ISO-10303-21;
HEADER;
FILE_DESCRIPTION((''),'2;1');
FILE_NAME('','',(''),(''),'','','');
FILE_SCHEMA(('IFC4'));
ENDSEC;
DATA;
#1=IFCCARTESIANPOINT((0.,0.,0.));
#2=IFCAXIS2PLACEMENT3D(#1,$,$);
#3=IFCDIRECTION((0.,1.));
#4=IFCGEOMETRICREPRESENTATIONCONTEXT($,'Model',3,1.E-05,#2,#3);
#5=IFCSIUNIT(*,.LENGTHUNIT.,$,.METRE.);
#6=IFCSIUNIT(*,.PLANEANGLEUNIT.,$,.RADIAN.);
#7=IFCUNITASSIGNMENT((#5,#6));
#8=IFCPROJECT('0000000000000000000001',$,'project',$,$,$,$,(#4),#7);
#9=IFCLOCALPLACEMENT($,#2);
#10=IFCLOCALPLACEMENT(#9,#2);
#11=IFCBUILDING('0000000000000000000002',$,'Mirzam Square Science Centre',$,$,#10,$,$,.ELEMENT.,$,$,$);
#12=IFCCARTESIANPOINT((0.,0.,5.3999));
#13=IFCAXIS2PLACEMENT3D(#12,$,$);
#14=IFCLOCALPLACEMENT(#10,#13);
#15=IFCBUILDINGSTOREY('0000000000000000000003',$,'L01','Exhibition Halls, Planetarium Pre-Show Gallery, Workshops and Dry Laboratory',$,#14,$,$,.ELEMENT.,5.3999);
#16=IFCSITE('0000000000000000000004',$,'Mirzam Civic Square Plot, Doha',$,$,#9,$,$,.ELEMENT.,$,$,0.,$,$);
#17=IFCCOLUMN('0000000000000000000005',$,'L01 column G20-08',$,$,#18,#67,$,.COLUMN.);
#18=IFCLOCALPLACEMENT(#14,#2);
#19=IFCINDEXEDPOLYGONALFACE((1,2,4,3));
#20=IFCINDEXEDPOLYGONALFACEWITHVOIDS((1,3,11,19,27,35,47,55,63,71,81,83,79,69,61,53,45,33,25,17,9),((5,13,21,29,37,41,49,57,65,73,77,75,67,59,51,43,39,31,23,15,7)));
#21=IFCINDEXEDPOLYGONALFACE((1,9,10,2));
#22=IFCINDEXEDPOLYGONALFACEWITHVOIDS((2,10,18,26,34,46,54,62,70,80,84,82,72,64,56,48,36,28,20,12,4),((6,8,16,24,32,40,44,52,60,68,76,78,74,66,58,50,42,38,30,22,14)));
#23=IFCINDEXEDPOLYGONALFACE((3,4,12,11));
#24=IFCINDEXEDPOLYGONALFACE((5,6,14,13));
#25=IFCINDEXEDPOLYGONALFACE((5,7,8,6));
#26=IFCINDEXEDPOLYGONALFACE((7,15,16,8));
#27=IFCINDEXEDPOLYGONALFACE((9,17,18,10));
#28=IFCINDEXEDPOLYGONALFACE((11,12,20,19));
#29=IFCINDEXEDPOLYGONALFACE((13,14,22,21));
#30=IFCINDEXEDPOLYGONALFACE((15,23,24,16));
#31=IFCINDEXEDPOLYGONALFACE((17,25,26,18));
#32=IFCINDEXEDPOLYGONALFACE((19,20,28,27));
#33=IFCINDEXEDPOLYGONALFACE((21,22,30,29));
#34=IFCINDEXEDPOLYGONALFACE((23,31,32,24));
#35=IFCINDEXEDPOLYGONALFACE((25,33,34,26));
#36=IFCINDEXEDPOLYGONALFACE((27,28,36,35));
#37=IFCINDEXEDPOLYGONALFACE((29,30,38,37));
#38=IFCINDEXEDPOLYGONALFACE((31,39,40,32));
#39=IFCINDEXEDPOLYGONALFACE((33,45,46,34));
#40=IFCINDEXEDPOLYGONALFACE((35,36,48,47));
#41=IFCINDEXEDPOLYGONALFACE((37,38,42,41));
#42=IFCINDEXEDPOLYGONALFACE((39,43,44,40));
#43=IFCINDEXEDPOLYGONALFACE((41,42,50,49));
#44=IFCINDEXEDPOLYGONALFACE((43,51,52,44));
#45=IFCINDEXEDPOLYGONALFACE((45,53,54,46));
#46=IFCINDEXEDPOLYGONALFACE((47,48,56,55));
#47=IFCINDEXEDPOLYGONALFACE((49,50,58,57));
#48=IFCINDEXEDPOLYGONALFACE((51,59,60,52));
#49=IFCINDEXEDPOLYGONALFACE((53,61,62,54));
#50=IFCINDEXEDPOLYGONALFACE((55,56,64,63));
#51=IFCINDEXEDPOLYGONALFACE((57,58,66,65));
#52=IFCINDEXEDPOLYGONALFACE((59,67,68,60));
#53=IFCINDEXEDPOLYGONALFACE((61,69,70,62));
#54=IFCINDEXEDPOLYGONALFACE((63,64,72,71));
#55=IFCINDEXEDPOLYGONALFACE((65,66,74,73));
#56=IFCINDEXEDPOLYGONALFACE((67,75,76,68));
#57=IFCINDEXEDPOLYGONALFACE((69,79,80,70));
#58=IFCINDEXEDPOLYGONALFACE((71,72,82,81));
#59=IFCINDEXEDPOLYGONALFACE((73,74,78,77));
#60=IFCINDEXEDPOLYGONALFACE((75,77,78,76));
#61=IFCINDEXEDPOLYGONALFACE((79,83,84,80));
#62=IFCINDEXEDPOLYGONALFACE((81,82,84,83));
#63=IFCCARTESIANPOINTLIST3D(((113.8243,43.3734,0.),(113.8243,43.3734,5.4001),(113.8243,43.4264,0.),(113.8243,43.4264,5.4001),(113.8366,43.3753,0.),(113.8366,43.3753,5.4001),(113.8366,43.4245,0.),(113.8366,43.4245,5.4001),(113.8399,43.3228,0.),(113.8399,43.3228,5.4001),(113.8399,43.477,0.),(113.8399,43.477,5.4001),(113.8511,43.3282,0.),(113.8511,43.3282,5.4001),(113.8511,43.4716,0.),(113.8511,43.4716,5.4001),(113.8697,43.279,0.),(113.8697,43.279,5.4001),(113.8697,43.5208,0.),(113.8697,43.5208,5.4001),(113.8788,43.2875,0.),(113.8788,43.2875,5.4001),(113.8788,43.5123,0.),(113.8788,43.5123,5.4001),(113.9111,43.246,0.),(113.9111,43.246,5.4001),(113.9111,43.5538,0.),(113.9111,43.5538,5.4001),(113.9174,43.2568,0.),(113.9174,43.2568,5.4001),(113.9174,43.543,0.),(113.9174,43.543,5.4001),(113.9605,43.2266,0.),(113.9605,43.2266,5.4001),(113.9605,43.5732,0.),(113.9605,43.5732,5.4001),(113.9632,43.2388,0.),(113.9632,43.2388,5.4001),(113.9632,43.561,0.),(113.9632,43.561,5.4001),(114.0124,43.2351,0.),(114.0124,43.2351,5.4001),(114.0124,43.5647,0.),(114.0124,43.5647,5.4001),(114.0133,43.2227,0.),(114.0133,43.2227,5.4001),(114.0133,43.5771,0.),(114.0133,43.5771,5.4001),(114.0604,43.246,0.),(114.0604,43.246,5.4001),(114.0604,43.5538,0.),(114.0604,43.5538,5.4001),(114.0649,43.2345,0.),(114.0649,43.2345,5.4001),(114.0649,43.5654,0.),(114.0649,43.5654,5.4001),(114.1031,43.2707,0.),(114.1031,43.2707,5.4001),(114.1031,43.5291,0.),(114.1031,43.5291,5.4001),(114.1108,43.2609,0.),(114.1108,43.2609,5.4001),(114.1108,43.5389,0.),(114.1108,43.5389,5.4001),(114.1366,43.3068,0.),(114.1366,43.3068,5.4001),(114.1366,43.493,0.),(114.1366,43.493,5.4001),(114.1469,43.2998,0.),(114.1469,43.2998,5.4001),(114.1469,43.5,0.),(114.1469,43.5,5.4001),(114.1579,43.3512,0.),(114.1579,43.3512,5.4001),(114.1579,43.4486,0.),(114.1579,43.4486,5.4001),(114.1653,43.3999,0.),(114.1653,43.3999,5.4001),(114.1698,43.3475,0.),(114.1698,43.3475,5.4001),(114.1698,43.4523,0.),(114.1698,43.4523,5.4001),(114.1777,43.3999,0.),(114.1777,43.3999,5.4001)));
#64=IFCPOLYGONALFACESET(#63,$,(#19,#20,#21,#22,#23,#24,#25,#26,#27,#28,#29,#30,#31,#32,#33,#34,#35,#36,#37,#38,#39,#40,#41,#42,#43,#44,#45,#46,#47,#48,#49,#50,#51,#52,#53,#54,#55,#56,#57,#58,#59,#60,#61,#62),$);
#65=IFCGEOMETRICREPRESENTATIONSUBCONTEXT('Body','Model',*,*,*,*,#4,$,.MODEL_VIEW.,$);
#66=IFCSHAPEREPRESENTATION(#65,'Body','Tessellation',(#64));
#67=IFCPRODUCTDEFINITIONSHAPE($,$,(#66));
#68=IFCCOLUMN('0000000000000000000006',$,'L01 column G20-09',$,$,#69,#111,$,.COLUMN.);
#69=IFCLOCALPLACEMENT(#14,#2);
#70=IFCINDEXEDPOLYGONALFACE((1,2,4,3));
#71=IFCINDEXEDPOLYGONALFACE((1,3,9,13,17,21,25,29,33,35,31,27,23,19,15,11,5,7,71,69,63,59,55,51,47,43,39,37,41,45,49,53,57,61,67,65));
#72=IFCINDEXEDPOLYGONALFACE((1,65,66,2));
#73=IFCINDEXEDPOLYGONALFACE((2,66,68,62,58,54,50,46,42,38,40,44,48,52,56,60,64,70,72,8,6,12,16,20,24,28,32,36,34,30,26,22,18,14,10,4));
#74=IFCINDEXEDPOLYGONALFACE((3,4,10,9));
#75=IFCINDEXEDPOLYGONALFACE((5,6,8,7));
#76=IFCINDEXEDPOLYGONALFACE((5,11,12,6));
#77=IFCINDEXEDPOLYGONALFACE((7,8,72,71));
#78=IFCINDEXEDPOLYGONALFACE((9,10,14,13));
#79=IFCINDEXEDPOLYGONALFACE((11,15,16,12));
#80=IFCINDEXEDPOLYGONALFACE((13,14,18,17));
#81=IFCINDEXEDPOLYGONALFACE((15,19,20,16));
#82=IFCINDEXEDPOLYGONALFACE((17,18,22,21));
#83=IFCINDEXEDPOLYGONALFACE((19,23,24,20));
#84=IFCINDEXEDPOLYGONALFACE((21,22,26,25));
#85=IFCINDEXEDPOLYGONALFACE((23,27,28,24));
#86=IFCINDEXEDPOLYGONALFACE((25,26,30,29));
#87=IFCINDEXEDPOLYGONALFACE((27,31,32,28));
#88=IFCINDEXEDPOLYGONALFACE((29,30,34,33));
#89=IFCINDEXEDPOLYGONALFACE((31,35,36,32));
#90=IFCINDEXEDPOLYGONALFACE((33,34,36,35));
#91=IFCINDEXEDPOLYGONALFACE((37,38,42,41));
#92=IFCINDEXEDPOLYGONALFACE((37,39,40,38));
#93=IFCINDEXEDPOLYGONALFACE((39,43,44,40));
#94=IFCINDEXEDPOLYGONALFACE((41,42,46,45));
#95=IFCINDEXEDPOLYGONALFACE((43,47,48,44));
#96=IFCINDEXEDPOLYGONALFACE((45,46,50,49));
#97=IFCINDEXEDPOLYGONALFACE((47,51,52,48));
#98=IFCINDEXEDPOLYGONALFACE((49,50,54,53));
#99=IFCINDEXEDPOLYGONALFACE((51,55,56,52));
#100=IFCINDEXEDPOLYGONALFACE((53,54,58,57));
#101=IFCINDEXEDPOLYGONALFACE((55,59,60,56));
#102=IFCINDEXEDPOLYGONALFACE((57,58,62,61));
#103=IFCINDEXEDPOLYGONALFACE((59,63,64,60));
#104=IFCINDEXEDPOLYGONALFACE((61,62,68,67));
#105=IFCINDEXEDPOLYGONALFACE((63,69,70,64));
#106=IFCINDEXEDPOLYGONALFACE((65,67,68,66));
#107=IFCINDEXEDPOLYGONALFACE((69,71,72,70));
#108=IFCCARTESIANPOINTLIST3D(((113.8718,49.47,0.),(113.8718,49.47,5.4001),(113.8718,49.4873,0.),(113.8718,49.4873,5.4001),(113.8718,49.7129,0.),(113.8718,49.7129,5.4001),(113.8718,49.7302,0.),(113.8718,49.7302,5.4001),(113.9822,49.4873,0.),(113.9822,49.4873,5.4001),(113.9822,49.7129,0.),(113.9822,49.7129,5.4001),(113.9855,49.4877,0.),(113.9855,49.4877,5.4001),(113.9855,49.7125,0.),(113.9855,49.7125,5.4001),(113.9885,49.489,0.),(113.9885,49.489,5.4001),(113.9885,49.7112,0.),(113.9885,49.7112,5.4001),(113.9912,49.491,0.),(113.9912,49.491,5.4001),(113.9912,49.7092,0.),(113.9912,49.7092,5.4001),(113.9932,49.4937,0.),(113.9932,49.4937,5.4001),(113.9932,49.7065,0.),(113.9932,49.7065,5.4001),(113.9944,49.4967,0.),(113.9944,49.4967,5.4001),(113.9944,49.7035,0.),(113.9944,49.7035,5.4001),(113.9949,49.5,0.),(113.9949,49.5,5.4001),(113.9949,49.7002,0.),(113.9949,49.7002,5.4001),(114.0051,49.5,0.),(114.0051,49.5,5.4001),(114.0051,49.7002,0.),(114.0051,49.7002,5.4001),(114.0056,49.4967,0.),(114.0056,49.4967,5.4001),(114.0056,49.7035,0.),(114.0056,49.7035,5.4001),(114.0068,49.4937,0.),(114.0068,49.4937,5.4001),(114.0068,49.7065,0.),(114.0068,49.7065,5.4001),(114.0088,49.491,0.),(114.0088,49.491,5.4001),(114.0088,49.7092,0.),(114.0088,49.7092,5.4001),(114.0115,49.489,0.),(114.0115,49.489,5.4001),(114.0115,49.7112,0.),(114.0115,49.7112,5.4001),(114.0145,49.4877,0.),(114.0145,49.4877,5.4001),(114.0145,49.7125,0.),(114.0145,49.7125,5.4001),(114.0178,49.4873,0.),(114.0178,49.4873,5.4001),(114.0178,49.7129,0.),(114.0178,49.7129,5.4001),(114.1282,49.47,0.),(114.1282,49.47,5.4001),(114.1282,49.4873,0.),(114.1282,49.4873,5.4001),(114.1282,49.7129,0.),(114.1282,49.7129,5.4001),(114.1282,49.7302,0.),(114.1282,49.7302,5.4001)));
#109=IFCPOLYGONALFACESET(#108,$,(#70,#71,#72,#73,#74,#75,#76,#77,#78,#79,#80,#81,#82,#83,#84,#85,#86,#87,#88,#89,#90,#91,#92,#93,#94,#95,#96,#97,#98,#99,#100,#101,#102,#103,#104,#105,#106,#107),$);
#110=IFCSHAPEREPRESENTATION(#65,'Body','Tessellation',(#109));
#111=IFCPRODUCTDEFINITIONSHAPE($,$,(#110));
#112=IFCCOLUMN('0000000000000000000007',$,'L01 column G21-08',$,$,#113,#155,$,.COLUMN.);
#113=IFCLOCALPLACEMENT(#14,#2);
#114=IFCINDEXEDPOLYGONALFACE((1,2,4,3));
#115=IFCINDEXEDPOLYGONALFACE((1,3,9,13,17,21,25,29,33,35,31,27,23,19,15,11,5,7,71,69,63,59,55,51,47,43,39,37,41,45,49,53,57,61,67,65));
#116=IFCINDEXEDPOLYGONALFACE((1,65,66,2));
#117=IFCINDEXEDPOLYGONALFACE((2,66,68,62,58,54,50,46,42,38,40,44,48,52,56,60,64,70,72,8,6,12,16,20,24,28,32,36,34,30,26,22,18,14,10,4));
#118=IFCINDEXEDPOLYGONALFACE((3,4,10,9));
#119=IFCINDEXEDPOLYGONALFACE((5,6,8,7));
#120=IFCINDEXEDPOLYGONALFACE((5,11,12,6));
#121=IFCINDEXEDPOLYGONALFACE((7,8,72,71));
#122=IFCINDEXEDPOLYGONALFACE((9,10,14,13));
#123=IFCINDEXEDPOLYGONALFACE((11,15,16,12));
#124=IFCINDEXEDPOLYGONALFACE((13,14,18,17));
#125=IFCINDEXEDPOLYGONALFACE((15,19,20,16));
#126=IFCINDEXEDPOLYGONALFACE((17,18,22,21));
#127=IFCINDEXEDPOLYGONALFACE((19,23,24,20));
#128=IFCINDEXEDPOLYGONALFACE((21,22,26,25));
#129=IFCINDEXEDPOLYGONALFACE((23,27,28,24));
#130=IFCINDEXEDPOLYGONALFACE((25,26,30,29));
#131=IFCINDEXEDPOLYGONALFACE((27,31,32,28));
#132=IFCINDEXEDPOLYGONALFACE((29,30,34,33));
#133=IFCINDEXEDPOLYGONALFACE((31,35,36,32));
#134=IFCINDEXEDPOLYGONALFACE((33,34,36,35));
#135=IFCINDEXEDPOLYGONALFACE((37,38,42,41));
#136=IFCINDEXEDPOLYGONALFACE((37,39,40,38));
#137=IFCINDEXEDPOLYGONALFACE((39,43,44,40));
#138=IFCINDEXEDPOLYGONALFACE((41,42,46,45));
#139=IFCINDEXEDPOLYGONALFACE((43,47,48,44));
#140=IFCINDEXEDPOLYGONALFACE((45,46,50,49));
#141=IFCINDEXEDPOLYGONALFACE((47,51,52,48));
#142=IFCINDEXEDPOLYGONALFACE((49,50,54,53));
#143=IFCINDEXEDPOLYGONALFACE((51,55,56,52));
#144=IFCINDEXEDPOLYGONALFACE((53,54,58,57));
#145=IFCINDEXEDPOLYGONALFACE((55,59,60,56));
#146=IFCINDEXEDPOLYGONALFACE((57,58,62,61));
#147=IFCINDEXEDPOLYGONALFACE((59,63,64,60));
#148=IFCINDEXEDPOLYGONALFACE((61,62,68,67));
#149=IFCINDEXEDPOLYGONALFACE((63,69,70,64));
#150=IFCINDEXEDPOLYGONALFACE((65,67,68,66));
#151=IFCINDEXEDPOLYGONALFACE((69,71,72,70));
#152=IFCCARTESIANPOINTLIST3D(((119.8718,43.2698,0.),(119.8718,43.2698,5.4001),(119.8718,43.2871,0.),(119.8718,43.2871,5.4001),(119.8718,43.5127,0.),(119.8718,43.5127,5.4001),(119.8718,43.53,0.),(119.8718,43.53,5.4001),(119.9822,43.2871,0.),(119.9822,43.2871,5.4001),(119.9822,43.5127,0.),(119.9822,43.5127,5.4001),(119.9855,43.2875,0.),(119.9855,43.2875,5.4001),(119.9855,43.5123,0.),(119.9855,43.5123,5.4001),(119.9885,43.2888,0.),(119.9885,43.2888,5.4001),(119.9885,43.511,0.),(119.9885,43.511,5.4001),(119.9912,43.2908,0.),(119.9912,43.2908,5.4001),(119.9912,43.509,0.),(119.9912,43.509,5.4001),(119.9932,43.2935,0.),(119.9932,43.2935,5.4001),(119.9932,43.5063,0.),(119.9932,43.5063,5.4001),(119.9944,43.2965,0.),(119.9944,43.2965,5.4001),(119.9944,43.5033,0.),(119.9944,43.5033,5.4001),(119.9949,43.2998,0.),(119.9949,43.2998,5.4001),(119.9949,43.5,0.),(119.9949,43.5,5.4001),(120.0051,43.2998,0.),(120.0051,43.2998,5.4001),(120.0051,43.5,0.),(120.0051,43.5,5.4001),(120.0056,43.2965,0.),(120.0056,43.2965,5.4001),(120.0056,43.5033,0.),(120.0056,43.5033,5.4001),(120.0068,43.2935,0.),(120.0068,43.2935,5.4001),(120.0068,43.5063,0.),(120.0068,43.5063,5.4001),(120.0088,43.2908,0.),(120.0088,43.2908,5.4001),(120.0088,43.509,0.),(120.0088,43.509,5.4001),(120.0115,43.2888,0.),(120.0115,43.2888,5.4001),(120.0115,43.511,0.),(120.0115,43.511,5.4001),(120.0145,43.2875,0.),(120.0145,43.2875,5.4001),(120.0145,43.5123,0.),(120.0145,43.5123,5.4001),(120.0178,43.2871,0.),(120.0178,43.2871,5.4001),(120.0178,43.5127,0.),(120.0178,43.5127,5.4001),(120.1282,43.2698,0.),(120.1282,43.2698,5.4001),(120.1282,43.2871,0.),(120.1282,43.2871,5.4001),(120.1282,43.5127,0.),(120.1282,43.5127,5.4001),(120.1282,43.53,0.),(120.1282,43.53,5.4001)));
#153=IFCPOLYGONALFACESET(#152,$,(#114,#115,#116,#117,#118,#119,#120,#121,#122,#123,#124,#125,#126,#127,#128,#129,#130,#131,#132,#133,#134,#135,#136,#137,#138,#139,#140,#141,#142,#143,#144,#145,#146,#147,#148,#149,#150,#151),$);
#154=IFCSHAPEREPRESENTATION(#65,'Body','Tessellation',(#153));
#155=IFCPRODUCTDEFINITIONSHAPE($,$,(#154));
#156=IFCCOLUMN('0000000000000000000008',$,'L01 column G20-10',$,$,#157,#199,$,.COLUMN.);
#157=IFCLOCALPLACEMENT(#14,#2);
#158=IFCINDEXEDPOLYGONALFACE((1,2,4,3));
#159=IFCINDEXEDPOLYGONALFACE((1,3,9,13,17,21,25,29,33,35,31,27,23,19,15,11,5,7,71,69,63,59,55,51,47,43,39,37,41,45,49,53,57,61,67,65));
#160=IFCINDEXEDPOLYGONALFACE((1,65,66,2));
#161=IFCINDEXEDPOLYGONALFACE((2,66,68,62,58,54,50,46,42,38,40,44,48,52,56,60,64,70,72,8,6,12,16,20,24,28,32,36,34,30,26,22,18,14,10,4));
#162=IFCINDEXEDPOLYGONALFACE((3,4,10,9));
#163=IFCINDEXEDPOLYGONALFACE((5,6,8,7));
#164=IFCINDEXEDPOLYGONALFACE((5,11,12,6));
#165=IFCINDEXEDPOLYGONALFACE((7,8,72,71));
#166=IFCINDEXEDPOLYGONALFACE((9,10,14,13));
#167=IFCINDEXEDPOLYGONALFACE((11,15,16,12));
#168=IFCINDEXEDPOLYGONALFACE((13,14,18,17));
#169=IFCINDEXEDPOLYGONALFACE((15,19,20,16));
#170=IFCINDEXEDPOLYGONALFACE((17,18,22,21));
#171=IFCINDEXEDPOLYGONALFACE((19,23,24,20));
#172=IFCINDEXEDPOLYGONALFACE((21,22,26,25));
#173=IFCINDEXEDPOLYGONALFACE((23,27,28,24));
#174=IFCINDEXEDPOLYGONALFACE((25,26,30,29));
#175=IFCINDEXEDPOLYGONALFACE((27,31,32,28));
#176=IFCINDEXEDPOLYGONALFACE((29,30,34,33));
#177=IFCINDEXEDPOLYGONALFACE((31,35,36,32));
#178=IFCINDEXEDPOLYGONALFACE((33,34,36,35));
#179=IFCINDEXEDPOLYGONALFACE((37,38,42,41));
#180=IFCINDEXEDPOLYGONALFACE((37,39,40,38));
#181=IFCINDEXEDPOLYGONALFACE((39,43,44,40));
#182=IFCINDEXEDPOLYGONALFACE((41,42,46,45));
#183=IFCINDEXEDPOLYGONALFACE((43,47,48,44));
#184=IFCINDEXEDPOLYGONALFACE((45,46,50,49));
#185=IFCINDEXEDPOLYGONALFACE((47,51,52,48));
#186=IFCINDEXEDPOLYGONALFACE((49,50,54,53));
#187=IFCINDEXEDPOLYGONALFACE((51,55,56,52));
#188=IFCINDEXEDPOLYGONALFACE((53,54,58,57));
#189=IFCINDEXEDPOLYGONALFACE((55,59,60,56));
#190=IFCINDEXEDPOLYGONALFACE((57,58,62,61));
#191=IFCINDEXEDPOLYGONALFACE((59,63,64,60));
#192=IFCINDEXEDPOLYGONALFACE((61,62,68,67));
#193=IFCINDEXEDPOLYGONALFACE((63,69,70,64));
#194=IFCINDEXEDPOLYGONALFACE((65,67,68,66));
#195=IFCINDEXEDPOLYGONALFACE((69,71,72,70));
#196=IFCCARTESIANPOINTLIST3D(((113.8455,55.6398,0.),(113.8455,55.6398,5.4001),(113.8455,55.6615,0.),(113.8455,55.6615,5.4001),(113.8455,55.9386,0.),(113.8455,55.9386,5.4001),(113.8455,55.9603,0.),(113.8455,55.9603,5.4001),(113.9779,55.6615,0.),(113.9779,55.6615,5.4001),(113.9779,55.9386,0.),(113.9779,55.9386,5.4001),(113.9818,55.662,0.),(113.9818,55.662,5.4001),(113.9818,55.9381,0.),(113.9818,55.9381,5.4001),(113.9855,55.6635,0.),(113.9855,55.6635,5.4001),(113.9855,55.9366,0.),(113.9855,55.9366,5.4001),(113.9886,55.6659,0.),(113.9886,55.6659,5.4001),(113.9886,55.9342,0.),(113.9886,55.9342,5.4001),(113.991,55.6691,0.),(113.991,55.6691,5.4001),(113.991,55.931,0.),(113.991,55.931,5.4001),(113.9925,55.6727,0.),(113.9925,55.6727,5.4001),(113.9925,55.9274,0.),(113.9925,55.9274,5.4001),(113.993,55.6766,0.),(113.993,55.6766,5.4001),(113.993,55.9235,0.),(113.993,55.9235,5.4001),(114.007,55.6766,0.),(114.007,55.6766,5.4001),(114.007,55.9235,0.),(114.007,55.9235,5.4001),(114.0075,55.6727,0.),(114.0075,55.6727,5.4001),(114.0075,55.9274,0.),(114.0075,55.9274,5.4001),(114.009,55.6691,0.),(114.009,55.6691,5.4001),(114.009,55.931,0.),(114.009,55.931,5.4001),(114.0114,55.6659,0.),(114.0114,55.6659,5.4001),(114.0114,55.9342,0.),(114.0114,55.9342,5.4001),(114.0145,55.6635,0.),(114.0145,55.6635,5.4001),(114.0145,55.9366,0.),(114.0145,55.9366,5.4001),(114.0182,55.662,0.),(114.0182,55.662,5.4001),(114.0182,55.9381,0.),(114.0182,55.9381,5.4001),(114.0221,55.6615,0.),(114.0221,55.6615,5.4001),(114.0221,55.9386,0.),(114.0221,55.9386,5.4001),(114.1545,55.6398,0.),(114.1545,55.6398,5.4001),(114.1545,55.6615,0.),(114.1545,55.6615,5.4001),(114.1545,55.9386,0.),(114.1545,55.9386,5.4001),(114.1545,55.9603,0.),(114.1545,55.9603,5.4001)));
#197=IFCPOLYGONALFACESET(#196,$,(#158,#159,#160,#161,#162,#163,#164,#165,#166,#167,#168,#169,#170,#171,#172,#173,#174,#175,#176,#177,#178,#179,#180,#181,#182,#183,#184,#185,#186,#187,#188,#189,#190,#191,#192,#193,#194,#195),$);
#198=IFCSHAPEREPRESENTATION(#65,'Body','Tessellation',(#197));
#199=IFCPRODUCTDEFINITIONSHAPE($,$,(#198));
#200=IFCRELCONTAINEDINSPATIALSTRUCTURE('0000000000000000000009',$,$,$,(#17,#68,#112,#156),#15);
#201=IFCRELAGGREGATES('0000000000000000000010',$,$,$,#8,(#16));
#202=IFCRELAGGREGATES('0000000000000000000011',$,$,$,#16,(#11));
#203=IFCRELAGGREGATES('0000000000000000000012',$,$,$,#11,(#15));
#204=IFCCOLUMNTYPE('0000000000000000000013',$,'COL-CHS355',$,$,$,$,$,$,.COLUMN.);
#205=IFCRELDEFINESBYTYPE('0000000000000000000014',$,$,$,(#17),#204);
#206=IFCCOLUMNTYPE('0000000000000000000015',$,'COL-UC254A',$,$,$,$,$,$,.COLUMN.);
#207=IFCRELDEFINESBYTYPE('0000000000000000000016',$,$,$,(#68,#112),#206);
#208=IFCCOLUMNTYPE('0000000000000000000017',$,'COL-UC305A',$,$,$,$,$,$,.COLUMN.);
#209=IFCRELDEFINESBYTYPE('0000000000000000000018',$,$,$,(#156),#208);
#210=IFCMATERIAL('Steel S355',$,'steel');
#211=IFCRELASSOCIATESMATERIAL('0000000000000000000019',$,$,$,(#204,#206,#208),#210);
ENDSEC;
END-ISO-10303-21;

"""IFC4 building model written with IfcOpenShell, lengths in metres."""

from ifc_helpers import new_model, si_unit, direction, frame, origin, origin_2d, place, context, subcontext, project, spatial, hollow_circle, i_section, extrude, material, material_profile, profile_set, type_object, element, save


model = new_model("IFC4")

# Units and contexts
model_context = context("Model", 3, precision=1e-05, world=origin(), true_north=direction((0.0, 1.0)))
body_context = subcontext(model_context, "Body", "Model", "MODEL_VIEW")
ifc_project = project(units=[si_unit("LENGTHUNIT", "METRE"), si_unit("PLANEANGLEUNIT", "RADIAN")], contexts=[model_context])

# Site, building, storey
site_placement = place(None, origin())
site = spatial("IfcSite", under=ifc_project, at=site_placement, Name="Mirzam Civic Square Plot, Doha", CompositionType="ELEMENT", RefElevation=0.0)
building_placement = place(site_placement, origin())
building = spatial("IfcBuilding", under=site, at=building_placement, Name="Mirzam Square Science Centre", CompositionType="ELEMENT")
storey_placement = place(building_placement, frame((0.0, 0.0, 5.3999)))
storey = spatial("IfcBuildingStorey", under=building, at=storey_placement, Name="L01", Description="Exhibition Halls, Planetarium Pre-Show Gallery, Workshops and Dry Laboratory", CompositionType="ELEMENT", Elevation=5.3999)

# Columns
ifc_material_1 = material(Name="Steel S355", Category="steel")
ifc_material_profile_1 = material_profile(ifc_material_1, hollow_circle(Radius=0.1777, WallThickness=0.0125, at=origin_2d()), Name="355.6x12.5CHS")
ifc_profile_set_1 = profile_set([ifc_material_profile_1], Name="Steel S355")
column_type_1 = type_object("IfcColumnType", Name="COL-CHS355", PredefinedType="COLUMN", material=ifc_profile_set_1)
column_placement = place(storey_placement, frame((114.0, 43.3999, 0.0), z_axis=(0.0, 0.0, 1.0), x_axis=(1.0, 0.0, 0.0)))
element("IfcColumn", 1, at=column_placement, inside=storey, type_object=column_type_1, Name="L01 column G20-08", PredefinedType="COLUMN", context=body_context, shape_type="SweptSolid", body=[
    extrude(hollow_circle(Radius=0.1777, WallThickness=0.0125, at=origin_2d()), origin(), (0.0, 0.0, 1.0), 5.4001),
])
ifc_material_profile_2 = material_profile(ifc_material_1, i_section(OverallWidth=0.2563, OverallDepth=0.2603, WebThickness=0.0103, FlangeThickness=0.0173, FilletRadius=0.0127, at=origin_2d()), Name="254x254x89UC")
ifc_profile_set_2 = profile_set([ifc_material_profile_2], Name="Steel S355")
column_type_2 = type_object("IfcColumnType", Name="COL-UC254A", PredefinedType="COLUMN", material=ifc_profile_set_2)
for number, where, z_axis, x_axis, name in (
    (2, (114.0, 49.6001, 0.0), (0.0, 0.0, 1.0), (1.0, 0.0, 0.0), "L01 column G20-09"),
    (3, (120.0, 43.3999, 0.0), (0.0, 0.0, 1.0), (1.0, 0.0, 0.0), "L01 column G21-08"),
):
    element("IfcColumn", number, at=place(storey_placement, frame(where, z_axis=z_axis, x_axis=x_axis)), inside=storey, type_object=column_type_2, Name=name, PredefinedType="COLUMN", context=body_context, shape_type="SweptSolid", body=[
        extrude(i_section(OverallWidth=0.2563, OverallDepth=0.2603, WebThickness=0.0103, FlangeThickness=0.0173, FilletRadius=0.0127, at=origin_2d()), origin(), (0.0, 0.0, 1.0), 5.4001),
    ])
ifc_material_profile_3 = material_profile(ifc_material_1, i_section(OverallWidth=0.3091, OverallDepth=0.3206, WebThickness=0.0139, FlangeThickness=0.0217, FilletRadius=0.0151, at=origin_2d()), Name="305x305x137UC")
ifc_profile_set_3 = profile_set([ifc_material_profile_3], Name="Steel S355")
column_type_3 = type_object("IfcColumnType", Name="COL-UC305A", PredefinedType="COLUMN", material=ifc_profile_set_3)
for number, where, z_axis, x_axis, name in (
    (4, (114.0, 55.8, 0.0), (0.0, 0.0, 1.0), (1.0, 0.0, 0.0), "L01 column G20-10"),
):
    element("IfcColumn", number, at=place(storey_placement, frame(where, z_axis=z_axis, x_axis=x_axis)), inside=storey, type_object=column_type_3, Name=name, PredefinedType="COLUMN", context=body_context, shape_type="SweptSolid", body=[
        extrude(i_section(OverallWidth=0.3091, OverallDepth=0.3206, WebThickness=0.0139, FlangeThickness=0.0217, FilletRadius=0.0151, at=origin_2d()), origin(), (0.0, 0.0, 1.0), 5.4001),
    ])

save(model, "model.ifc")
